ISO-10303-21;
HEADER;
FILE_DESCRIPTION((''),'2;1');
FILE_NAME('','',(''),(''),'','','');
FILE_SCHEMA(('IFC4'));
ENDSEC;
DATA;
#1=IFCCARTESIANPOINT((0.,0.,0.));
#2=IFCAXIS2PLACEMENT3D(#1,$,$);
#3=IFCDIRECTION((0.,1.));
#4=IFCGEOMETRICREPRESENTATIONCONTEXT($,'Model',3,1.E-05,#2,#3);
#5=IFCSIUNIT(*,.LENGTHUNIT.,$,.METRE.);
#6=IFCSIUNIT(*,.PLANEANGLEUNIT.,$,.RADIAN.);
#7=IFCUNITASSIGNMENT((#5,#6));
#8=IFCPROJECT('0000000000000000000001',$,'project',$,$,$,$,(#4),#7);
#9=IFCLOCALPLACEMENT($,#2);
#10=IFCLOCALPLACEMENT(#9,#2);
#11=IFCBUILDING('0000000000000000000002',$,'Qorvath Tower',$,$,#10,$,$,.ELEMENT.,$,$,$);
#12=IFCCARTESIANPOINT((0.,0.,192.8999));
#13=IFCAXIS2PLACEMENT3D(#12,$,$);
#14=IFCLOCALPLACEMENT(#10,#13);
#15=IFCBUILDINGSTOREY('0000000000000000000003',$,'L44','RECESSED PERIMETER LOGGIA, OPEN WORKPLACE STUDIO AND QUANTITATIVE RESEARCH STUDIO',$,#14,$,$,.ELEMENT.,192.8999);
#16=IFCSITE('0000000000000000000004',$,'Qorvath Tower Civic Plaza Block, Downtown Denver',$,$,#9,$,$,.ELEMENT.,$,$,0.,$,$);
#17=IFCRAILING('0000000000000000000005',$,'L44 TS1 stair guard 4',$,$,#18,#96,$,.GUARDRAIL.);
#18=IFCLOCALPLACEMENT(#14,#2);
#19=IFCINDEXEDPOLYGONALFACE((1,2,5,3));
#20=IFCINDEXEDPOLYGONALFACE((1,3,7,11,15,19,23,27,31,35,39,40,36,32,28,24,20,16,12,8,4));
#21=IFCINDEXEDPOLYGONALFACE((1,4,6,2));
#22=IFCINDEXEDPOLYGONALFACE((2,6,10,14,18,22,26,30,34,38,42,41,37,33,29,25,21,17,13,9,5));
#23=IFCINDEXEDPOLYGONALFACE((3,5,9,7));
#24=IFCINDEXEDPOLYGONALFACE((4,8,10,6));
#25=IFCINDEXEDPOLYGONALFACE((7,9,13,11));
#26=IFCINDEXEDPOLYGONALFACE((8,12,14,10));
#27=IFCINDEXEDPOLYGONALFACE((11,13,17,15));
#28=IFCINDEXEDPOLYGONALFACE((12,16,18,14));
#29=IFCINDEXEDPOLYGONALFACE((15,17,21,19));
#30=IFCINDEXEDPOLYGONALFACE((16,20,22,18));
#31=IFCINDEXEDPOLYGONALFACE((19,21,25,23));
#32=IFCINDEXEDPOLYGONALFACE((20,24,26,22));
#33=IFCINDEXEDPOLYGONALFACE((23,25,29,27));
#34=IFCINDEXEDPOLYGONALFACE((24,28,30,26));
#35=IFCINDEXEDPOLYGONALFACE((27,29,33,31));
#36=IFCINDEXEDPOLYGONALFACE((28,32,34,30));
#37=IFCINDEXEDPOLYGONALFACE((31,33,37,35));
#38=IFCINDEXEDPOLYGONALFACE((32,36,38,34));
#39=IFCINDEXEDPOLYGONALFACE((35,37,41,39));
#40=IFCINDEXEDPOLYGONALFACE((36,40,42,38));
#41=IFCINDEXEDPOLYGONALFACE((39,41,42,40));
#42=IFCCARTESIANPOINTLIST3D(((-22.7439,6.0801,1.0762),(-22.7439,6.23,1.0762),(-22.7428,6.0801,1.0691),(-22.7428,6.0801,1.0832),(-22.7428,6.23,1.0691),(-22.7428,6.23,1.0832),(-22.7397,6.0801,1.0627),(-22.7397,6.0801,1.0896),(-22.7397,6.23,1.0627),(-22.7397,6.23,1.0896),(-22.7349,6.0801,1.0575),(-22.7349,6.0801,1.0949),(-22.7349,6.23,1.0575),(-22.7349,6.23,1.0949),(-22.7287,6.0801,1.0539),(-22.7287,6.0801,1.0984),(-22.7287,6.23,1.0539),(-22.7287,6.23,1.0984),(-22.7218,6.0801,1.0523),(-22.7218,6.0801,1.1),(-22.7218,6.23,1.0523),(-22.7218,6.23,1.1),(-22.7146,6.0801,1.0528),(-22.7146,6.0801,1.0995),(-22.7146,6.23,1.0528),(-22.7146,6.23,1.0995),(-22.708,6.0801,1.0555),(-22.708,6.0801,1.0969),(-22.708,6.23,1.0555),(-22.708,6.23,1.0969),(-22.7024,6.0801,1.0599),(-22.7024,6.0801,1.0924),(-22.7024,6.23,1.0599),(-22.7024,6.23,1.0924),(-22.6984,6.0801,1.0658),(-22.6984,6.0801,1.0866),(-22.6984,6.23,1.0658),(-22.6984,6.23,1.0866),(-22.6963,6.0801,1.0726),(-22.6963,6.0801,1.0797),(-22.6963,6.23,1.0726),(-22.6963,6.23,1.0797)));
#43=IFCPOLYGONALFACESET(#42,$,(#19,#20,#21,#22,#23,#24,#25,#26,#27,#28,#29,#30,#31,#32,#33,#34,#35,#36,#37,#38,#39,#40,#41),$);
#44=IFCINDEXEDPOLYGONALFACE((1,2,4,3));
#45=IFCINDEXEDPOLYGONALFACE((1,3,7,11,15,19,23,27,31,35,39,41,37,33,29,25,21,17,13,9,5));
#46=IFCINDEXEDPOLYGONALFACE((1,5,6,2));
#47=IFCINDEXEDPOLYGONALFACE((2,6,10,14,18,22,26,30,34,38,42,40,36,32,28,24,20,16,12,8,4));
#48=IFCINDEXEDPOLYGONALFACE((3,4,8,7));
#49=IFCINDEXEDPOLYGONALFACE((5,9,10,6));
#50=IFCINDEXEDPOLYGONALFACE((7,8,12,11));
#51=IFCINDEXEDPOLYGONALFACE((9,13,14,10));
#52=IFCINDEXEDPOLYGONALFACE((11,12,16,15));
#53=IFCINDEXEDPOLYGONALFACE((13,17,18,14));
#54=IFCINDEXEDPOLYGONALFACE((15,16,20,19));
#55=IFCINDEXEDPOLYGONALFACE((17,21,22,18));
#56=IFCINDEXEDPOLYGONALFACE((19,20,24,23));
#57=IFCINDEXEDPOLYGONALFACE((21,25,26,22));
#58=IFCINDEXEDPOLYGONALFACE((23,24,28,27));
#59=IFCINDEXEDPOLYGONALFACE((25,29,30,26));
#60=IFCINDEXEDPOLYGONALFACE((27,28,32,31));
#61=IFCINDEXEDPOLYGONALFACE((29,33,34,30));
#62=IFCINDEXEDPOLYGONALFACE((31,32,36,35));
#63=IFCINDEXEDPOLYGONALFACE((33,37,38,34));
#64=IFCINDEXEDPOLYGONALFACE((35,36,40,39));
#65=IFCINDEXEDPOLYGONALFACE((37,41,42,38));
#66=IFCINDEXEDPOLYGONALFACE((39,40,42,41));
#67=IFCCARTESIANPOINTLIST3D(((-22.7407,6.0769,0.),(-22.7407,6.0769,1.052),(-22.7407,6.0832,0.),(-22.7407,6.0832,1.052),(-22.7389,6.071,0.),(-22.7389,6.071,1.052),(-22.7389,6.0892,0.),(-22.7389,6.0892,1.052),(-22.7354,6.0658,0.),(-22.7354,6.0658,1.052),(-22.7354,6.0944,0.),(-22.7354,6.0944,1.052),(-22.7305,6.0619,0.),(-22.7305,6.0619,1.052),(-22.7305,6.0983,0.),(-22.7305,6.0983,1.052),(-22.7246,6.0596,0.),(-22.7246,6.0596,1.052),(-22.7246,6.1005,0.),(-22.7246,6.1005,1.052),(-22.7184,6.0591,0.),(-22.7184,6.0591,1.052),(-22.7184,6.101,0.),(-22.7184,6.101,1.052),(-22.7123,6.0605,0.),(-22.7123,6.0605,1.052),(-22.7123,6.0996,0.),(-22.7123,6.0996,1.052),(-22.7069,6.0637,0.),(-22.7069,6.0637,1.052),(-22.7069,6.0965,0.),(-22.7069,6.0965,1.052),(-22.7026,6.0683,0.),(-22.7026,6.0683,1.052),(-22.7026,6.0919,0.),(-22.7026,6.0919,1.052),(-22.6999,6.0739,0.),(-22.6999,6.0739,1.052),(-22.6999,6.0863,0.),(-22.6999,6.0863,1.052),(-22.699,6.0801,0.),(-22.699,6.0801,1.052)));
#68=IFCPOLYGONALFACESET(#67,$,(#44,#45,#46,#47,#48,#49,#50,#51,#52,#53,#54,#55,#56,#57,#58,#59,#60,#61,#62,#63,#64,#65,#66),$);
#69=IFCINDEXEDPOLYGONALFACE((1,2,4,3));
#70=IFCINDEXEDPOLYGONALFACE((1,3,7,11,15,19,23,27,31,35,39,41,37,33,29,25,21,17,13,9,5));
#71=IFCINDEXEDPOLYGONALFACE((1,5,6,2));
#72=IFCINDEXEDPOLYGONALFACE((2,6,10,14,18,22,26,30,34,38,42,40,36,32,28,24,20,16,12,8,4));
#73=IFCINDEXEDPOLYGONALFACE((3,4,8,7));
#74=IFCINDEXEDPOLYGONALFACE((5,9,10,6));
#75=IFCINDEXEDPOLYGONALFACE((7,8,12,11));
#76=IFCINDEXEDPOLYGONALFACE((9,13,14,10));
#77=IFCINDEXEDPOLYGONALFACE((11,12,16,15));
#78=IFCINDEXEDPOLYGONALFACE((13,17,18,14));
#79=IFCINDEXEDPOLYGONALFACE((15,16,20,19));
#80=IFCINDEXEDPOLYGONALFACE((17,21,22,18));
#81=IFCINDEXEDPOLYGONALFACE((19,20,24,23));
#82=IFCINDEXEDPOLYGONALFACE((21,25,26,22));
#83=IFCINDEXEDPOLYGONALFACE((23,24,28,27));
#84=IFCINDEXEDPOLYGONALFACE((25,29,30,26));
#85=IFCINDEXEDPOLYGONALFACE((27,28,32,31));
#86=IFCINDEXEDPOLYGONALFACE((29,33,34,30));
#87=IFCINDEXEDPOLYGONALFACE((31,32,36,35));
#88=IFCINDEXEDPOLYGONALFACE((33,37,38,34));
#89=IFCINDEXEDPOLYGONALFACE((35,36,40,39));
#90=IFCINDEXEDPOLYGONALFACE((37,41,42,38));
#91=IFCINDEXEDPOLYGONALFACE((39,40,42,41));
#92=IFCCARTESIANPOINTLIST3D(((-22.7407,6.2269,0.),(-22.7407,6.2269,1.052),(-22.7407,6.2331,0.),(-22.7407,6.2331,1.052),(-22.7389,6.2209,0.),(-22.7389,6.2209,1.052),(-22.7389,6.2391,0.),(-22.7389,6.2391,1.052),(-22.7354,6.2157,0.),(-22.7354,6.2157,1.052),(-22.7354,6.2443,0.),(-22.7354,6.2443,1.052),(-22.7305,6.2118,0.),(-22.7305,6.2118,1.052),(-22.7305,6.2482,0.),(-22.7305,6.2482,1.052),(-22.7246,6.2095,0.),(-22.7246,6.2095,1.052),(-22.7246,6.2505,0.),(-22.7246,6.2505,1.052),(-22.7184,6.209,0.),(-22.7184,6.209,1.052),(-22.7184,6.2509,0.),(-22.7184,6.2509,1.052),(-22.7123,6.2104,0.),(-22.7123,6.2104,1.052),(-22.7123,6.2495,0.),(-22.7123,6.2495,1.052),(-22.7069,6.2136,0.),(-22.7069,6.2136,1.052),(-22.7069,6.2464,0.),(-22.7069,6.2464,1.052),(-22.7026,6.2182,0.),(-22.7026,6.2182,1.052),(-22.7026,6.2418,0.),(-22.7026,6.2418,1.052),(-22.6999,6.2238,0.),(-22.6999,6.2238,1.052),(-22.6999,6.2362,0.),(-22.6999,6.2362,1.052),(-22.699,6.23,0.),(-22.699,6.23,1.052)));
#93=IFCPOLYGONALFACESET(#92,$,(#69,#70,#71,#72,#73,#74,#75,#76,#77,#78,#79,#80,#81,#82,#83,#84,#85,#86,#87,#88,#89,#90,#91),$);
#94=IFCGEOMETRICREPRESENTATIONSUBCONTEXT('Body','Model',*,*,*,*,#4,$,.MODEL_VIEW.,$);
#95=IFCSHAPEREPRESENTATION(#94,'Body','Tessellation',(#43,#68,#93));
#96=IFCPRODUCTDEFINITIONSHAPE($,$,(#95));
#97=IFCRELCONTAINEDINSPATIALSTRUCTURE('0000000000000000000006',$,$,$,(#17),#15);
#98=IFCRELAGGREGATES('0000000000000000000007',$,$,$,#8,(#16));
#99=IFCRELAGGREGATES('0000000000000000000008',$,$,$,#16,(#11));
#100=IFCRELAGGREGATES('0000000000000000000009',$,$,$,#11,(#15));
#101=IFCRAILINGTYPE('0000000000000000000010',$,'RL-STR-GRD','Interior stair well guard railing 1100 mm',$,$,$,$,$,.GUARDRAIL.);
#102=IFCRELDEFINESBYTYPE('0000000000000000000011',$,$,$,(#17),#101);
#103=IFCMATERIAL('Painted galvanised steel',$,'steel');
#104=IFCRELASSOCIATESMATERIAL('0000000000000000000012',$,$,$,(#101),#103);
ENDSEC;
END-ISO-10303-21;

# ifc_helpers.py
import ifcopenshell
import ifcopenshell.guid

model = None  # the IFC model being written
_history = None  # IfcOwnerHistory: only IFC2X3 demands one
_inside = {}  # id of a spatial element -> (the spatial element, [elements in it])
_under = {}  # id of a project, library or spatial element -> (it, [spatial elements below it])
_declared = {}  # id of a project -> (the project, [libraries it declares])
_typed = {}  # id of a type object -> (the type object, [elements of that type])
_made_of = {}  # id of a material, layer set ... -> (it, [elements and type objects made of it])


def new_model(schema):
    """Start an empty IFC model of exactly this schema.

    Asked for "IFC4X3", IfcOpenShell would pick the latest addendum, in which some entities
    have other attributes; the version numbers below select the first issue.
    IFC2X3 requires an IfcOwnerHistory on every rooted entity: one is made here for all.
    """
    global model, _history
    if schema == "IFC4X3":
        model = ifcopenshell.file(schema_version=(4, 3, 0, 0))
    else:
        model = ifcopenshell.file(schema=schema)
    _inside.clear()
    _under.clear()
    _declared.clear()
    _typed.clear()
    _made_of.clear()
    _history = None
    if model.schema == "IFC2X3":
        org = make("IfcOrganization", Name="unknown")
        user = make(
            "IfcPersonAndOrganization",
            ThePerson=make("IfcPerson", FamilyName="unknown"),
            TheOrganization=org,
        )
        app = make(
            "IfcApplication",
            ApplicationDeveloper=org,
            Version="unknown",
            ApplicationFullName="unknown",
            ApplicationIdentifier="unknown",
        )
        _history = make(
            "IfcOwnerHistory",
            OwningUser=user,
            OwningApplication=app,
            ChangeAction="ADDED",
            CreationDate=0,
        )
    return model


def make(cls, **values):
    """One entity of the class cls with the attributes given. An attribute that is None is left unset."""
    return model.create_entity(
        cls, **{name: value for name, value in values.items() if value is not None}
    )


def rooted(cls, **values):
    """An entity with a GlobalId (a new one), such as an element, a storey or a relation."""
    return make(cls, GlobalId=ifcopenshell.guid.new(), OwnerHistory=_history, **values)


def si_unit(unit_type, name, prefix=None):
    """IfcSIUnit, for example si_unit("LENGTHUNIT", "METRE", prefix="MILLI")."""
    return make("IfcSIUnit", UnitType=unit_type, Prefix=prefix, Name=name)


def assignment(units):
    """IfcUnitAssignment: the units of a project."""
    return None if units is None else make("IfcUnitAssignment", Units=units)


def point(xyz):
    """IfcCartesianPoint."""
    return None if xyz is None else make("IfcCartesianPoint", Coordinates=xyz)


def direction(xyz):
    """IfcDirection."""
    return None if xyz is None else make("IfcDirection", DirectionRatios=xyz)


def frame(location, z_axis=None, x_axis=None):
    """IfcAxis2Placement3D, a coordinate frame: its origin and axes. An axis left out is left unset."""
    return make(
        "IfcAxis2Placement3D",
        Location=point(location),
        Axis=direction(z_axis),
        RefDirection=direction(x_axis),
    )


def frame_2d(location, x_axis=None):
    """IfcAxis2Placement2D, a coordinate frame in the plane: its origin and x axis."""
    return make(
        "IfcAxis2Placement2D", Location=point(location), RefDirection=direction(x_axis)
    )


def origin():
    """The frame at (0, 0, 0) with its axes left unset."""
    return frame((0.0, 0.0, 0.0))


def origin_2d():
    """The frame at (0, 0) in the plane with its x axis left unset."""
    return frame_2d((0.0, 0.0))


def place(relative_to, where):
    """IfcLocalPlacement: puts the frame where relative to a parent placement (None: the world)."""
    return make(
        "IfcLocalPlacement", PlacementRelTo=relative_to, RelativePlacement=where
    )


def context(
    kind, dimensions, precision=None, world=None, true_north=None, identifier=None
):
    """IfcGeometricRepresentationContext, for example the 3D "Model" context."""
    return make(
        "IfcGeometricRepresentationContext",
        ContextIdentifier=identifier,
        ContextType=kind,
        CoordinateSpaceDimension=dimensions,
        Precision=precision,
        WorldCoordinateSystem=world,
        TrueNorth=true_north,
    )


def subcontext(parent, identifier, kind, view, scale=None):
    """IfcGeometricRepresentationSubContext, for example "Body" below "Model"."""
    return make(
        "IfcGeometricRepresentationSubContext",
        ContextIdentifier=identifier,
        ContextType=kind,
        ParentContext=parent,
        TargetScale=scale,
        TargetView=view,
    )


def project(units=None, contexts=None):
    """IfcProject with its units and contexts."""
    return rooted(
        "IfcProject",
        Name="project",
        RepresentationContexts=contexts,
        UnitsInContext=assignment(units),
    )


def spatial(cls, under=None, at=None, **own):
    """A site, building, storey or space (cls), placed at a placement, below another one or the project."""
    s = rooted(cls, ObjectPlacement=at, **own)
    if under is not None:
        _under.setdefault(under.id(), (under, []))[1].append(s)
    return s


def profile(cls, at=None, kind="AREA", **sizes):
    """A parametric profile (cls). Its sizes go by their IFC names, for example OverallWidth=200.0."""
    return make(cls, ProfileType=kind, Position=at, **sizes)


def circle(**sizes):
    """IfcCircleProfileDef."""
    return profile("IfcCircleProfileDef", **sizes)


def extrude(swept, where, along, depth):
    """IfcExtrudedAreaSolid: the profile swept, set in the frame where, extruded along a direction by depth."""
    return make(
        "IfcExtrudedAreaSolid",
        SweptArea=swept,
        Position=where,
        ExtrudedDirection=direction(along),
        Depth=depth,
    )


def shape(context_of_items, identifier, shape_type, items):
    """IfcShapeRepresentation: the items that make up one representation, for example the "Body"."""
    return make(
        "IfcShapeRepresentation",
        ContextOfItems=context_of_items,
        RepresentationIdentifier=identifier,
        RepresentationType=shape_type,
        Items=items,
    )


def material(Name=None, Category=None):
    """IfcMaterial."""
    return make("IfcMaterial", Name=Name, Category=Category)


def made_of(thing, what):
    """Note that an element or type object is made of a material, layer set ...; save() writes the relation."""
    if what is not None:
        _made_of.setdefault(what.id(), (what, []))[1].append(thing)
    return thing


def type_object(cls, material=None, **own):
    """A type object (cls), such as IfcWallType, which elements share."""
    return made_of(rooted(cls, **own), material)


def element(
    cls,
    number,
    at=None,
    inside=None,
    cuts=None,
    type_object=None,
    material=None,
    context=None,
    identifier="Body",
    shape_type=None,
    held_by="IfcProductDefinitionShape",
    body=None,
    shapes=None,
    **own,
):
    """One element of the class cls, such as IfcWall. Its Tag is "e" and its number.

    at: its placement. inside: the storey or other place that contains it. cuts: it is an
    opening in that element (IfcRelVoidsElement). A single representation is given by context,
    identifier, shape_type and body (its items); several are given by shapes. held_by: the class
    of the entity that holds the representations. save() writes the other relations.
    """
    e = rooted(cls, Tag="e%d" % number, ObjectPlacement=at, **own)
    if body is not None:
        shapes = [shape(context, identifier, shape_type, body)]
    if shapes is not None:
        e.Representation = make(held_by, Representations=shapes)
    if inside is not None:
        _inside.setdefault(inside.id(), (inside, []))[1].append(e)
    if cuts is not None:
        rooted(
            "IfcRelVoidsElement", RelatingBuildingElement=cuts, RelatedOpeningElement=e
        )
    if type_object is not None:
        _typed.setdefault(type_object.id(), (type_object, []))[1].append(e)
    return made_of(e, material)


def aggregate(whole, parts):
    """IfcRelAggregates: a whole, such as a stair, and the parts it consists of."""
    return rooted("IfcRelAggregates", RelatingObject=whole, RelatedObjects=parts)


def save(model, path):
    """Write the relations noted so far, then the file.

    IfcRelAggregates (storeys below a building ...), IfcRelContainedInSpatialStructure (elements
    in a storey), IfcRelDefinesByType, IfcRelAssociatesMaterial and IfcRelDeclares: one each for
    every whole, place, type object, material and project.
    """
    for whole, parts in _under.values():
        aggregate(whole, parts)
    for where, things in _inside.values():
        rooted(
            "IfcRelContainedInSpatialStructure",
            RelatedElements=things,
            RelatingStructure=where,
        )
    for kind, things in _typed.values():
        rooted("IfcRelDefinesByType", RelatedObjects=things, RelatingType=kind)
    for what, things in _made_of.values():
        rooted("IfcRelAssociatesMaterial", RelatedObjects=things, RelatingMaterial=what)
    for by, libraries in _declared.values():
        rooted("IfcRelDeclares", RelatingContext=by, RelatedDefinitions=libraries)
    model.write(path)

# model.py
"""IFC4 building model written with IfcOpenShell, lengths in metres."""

from ifc_helpers import new_model, si_unit, direction, frame, origin, origin_2d, place, context, subcontext, project, spatial, circle, extrude, material, type_object, element, save


model = new_model("IFC4")

# Units and contexts
model_context = context("Model", 3, precision=1e-05, world=origin(), true_north=direction((0.0, 1.0)))
body_context = subcontext(model_context, "Body", "Model", "MODEL_VIEW")
ifc_project = project(units=[si_unit("LENGTHUNIT", "METRE"), si_unit("PLANEANGLEUNIT", "RADIAN")], contexts=[model_context])

# Site, building, storey
site_placement = place(None, origin())
site = spatial("IfcSite", under=ifc_project, at=site_placement, Name="Qorvath Tower Civic Plaza Block, Downtown Denver", CompositionType="ELEMENT", RefElevation=0.0)
building_placement = place(site_placement, origin())
building = spatial("IfcBuilding", under=site, at=building_placement, Name="Qorvath Tower", CompositionType="ELEMENT")
storey_placement = place(building_placement, frame((0.0, 0.0, 192.8999)))
storey = spatial("IfcBuildingStorey", under=building, at=storey_placement, Name="L44", Description="RECESSED PERIMETER LOGGIA, OPEN WORKPLACE STUDIO AND QUANTITATIVE RESEARCH STUDIO", CompositionType="ELEMENT", Elevation=192.8999)

# Railing
ifc_material_1 = material(Name="Painted galvanised steel", Category="steel")
railing_type_1 = type_object("IfcRailingType", Name="RL-STR-GRD", Description="Interior stair well guard railing 1100 mm", PredefinedType="GUARDRAIL", material=ifc_material_1)
railing_1_placement = place(storey_placement, frame((-22.72, 6.0801, 0.0)))
element("IfcRailing", 1, at=railing_1_placement, inside=storey, type_object=railing_type_1, Name="L44 TS1 stair guard 4", PredefinedType="GUARDRAIL", context=body_context, shape_type="SweptSolid", body=[
    extrude(circle(Radius=0.0239, at=origin_2d()), frame((0.0, 0.0, 1.0762), z_axis=(0.0, 1.0, 0.0), x_axis=(-1.0, 0.0, 0.0)), (0.0, 0.0, 1.0), 0.1499),
    extrude(circle(Radius=0.021, at=origin_2d()), origin(), (0.0, 0.0, 1.0), 1.052),
    extrude(circle(Radius=0.021, at=origin_2d()), frame((0.0, 0.1499, 0.0)), (0.0, 0.0, 1.0), 1.052),
])

save(model, "model.ifc")
